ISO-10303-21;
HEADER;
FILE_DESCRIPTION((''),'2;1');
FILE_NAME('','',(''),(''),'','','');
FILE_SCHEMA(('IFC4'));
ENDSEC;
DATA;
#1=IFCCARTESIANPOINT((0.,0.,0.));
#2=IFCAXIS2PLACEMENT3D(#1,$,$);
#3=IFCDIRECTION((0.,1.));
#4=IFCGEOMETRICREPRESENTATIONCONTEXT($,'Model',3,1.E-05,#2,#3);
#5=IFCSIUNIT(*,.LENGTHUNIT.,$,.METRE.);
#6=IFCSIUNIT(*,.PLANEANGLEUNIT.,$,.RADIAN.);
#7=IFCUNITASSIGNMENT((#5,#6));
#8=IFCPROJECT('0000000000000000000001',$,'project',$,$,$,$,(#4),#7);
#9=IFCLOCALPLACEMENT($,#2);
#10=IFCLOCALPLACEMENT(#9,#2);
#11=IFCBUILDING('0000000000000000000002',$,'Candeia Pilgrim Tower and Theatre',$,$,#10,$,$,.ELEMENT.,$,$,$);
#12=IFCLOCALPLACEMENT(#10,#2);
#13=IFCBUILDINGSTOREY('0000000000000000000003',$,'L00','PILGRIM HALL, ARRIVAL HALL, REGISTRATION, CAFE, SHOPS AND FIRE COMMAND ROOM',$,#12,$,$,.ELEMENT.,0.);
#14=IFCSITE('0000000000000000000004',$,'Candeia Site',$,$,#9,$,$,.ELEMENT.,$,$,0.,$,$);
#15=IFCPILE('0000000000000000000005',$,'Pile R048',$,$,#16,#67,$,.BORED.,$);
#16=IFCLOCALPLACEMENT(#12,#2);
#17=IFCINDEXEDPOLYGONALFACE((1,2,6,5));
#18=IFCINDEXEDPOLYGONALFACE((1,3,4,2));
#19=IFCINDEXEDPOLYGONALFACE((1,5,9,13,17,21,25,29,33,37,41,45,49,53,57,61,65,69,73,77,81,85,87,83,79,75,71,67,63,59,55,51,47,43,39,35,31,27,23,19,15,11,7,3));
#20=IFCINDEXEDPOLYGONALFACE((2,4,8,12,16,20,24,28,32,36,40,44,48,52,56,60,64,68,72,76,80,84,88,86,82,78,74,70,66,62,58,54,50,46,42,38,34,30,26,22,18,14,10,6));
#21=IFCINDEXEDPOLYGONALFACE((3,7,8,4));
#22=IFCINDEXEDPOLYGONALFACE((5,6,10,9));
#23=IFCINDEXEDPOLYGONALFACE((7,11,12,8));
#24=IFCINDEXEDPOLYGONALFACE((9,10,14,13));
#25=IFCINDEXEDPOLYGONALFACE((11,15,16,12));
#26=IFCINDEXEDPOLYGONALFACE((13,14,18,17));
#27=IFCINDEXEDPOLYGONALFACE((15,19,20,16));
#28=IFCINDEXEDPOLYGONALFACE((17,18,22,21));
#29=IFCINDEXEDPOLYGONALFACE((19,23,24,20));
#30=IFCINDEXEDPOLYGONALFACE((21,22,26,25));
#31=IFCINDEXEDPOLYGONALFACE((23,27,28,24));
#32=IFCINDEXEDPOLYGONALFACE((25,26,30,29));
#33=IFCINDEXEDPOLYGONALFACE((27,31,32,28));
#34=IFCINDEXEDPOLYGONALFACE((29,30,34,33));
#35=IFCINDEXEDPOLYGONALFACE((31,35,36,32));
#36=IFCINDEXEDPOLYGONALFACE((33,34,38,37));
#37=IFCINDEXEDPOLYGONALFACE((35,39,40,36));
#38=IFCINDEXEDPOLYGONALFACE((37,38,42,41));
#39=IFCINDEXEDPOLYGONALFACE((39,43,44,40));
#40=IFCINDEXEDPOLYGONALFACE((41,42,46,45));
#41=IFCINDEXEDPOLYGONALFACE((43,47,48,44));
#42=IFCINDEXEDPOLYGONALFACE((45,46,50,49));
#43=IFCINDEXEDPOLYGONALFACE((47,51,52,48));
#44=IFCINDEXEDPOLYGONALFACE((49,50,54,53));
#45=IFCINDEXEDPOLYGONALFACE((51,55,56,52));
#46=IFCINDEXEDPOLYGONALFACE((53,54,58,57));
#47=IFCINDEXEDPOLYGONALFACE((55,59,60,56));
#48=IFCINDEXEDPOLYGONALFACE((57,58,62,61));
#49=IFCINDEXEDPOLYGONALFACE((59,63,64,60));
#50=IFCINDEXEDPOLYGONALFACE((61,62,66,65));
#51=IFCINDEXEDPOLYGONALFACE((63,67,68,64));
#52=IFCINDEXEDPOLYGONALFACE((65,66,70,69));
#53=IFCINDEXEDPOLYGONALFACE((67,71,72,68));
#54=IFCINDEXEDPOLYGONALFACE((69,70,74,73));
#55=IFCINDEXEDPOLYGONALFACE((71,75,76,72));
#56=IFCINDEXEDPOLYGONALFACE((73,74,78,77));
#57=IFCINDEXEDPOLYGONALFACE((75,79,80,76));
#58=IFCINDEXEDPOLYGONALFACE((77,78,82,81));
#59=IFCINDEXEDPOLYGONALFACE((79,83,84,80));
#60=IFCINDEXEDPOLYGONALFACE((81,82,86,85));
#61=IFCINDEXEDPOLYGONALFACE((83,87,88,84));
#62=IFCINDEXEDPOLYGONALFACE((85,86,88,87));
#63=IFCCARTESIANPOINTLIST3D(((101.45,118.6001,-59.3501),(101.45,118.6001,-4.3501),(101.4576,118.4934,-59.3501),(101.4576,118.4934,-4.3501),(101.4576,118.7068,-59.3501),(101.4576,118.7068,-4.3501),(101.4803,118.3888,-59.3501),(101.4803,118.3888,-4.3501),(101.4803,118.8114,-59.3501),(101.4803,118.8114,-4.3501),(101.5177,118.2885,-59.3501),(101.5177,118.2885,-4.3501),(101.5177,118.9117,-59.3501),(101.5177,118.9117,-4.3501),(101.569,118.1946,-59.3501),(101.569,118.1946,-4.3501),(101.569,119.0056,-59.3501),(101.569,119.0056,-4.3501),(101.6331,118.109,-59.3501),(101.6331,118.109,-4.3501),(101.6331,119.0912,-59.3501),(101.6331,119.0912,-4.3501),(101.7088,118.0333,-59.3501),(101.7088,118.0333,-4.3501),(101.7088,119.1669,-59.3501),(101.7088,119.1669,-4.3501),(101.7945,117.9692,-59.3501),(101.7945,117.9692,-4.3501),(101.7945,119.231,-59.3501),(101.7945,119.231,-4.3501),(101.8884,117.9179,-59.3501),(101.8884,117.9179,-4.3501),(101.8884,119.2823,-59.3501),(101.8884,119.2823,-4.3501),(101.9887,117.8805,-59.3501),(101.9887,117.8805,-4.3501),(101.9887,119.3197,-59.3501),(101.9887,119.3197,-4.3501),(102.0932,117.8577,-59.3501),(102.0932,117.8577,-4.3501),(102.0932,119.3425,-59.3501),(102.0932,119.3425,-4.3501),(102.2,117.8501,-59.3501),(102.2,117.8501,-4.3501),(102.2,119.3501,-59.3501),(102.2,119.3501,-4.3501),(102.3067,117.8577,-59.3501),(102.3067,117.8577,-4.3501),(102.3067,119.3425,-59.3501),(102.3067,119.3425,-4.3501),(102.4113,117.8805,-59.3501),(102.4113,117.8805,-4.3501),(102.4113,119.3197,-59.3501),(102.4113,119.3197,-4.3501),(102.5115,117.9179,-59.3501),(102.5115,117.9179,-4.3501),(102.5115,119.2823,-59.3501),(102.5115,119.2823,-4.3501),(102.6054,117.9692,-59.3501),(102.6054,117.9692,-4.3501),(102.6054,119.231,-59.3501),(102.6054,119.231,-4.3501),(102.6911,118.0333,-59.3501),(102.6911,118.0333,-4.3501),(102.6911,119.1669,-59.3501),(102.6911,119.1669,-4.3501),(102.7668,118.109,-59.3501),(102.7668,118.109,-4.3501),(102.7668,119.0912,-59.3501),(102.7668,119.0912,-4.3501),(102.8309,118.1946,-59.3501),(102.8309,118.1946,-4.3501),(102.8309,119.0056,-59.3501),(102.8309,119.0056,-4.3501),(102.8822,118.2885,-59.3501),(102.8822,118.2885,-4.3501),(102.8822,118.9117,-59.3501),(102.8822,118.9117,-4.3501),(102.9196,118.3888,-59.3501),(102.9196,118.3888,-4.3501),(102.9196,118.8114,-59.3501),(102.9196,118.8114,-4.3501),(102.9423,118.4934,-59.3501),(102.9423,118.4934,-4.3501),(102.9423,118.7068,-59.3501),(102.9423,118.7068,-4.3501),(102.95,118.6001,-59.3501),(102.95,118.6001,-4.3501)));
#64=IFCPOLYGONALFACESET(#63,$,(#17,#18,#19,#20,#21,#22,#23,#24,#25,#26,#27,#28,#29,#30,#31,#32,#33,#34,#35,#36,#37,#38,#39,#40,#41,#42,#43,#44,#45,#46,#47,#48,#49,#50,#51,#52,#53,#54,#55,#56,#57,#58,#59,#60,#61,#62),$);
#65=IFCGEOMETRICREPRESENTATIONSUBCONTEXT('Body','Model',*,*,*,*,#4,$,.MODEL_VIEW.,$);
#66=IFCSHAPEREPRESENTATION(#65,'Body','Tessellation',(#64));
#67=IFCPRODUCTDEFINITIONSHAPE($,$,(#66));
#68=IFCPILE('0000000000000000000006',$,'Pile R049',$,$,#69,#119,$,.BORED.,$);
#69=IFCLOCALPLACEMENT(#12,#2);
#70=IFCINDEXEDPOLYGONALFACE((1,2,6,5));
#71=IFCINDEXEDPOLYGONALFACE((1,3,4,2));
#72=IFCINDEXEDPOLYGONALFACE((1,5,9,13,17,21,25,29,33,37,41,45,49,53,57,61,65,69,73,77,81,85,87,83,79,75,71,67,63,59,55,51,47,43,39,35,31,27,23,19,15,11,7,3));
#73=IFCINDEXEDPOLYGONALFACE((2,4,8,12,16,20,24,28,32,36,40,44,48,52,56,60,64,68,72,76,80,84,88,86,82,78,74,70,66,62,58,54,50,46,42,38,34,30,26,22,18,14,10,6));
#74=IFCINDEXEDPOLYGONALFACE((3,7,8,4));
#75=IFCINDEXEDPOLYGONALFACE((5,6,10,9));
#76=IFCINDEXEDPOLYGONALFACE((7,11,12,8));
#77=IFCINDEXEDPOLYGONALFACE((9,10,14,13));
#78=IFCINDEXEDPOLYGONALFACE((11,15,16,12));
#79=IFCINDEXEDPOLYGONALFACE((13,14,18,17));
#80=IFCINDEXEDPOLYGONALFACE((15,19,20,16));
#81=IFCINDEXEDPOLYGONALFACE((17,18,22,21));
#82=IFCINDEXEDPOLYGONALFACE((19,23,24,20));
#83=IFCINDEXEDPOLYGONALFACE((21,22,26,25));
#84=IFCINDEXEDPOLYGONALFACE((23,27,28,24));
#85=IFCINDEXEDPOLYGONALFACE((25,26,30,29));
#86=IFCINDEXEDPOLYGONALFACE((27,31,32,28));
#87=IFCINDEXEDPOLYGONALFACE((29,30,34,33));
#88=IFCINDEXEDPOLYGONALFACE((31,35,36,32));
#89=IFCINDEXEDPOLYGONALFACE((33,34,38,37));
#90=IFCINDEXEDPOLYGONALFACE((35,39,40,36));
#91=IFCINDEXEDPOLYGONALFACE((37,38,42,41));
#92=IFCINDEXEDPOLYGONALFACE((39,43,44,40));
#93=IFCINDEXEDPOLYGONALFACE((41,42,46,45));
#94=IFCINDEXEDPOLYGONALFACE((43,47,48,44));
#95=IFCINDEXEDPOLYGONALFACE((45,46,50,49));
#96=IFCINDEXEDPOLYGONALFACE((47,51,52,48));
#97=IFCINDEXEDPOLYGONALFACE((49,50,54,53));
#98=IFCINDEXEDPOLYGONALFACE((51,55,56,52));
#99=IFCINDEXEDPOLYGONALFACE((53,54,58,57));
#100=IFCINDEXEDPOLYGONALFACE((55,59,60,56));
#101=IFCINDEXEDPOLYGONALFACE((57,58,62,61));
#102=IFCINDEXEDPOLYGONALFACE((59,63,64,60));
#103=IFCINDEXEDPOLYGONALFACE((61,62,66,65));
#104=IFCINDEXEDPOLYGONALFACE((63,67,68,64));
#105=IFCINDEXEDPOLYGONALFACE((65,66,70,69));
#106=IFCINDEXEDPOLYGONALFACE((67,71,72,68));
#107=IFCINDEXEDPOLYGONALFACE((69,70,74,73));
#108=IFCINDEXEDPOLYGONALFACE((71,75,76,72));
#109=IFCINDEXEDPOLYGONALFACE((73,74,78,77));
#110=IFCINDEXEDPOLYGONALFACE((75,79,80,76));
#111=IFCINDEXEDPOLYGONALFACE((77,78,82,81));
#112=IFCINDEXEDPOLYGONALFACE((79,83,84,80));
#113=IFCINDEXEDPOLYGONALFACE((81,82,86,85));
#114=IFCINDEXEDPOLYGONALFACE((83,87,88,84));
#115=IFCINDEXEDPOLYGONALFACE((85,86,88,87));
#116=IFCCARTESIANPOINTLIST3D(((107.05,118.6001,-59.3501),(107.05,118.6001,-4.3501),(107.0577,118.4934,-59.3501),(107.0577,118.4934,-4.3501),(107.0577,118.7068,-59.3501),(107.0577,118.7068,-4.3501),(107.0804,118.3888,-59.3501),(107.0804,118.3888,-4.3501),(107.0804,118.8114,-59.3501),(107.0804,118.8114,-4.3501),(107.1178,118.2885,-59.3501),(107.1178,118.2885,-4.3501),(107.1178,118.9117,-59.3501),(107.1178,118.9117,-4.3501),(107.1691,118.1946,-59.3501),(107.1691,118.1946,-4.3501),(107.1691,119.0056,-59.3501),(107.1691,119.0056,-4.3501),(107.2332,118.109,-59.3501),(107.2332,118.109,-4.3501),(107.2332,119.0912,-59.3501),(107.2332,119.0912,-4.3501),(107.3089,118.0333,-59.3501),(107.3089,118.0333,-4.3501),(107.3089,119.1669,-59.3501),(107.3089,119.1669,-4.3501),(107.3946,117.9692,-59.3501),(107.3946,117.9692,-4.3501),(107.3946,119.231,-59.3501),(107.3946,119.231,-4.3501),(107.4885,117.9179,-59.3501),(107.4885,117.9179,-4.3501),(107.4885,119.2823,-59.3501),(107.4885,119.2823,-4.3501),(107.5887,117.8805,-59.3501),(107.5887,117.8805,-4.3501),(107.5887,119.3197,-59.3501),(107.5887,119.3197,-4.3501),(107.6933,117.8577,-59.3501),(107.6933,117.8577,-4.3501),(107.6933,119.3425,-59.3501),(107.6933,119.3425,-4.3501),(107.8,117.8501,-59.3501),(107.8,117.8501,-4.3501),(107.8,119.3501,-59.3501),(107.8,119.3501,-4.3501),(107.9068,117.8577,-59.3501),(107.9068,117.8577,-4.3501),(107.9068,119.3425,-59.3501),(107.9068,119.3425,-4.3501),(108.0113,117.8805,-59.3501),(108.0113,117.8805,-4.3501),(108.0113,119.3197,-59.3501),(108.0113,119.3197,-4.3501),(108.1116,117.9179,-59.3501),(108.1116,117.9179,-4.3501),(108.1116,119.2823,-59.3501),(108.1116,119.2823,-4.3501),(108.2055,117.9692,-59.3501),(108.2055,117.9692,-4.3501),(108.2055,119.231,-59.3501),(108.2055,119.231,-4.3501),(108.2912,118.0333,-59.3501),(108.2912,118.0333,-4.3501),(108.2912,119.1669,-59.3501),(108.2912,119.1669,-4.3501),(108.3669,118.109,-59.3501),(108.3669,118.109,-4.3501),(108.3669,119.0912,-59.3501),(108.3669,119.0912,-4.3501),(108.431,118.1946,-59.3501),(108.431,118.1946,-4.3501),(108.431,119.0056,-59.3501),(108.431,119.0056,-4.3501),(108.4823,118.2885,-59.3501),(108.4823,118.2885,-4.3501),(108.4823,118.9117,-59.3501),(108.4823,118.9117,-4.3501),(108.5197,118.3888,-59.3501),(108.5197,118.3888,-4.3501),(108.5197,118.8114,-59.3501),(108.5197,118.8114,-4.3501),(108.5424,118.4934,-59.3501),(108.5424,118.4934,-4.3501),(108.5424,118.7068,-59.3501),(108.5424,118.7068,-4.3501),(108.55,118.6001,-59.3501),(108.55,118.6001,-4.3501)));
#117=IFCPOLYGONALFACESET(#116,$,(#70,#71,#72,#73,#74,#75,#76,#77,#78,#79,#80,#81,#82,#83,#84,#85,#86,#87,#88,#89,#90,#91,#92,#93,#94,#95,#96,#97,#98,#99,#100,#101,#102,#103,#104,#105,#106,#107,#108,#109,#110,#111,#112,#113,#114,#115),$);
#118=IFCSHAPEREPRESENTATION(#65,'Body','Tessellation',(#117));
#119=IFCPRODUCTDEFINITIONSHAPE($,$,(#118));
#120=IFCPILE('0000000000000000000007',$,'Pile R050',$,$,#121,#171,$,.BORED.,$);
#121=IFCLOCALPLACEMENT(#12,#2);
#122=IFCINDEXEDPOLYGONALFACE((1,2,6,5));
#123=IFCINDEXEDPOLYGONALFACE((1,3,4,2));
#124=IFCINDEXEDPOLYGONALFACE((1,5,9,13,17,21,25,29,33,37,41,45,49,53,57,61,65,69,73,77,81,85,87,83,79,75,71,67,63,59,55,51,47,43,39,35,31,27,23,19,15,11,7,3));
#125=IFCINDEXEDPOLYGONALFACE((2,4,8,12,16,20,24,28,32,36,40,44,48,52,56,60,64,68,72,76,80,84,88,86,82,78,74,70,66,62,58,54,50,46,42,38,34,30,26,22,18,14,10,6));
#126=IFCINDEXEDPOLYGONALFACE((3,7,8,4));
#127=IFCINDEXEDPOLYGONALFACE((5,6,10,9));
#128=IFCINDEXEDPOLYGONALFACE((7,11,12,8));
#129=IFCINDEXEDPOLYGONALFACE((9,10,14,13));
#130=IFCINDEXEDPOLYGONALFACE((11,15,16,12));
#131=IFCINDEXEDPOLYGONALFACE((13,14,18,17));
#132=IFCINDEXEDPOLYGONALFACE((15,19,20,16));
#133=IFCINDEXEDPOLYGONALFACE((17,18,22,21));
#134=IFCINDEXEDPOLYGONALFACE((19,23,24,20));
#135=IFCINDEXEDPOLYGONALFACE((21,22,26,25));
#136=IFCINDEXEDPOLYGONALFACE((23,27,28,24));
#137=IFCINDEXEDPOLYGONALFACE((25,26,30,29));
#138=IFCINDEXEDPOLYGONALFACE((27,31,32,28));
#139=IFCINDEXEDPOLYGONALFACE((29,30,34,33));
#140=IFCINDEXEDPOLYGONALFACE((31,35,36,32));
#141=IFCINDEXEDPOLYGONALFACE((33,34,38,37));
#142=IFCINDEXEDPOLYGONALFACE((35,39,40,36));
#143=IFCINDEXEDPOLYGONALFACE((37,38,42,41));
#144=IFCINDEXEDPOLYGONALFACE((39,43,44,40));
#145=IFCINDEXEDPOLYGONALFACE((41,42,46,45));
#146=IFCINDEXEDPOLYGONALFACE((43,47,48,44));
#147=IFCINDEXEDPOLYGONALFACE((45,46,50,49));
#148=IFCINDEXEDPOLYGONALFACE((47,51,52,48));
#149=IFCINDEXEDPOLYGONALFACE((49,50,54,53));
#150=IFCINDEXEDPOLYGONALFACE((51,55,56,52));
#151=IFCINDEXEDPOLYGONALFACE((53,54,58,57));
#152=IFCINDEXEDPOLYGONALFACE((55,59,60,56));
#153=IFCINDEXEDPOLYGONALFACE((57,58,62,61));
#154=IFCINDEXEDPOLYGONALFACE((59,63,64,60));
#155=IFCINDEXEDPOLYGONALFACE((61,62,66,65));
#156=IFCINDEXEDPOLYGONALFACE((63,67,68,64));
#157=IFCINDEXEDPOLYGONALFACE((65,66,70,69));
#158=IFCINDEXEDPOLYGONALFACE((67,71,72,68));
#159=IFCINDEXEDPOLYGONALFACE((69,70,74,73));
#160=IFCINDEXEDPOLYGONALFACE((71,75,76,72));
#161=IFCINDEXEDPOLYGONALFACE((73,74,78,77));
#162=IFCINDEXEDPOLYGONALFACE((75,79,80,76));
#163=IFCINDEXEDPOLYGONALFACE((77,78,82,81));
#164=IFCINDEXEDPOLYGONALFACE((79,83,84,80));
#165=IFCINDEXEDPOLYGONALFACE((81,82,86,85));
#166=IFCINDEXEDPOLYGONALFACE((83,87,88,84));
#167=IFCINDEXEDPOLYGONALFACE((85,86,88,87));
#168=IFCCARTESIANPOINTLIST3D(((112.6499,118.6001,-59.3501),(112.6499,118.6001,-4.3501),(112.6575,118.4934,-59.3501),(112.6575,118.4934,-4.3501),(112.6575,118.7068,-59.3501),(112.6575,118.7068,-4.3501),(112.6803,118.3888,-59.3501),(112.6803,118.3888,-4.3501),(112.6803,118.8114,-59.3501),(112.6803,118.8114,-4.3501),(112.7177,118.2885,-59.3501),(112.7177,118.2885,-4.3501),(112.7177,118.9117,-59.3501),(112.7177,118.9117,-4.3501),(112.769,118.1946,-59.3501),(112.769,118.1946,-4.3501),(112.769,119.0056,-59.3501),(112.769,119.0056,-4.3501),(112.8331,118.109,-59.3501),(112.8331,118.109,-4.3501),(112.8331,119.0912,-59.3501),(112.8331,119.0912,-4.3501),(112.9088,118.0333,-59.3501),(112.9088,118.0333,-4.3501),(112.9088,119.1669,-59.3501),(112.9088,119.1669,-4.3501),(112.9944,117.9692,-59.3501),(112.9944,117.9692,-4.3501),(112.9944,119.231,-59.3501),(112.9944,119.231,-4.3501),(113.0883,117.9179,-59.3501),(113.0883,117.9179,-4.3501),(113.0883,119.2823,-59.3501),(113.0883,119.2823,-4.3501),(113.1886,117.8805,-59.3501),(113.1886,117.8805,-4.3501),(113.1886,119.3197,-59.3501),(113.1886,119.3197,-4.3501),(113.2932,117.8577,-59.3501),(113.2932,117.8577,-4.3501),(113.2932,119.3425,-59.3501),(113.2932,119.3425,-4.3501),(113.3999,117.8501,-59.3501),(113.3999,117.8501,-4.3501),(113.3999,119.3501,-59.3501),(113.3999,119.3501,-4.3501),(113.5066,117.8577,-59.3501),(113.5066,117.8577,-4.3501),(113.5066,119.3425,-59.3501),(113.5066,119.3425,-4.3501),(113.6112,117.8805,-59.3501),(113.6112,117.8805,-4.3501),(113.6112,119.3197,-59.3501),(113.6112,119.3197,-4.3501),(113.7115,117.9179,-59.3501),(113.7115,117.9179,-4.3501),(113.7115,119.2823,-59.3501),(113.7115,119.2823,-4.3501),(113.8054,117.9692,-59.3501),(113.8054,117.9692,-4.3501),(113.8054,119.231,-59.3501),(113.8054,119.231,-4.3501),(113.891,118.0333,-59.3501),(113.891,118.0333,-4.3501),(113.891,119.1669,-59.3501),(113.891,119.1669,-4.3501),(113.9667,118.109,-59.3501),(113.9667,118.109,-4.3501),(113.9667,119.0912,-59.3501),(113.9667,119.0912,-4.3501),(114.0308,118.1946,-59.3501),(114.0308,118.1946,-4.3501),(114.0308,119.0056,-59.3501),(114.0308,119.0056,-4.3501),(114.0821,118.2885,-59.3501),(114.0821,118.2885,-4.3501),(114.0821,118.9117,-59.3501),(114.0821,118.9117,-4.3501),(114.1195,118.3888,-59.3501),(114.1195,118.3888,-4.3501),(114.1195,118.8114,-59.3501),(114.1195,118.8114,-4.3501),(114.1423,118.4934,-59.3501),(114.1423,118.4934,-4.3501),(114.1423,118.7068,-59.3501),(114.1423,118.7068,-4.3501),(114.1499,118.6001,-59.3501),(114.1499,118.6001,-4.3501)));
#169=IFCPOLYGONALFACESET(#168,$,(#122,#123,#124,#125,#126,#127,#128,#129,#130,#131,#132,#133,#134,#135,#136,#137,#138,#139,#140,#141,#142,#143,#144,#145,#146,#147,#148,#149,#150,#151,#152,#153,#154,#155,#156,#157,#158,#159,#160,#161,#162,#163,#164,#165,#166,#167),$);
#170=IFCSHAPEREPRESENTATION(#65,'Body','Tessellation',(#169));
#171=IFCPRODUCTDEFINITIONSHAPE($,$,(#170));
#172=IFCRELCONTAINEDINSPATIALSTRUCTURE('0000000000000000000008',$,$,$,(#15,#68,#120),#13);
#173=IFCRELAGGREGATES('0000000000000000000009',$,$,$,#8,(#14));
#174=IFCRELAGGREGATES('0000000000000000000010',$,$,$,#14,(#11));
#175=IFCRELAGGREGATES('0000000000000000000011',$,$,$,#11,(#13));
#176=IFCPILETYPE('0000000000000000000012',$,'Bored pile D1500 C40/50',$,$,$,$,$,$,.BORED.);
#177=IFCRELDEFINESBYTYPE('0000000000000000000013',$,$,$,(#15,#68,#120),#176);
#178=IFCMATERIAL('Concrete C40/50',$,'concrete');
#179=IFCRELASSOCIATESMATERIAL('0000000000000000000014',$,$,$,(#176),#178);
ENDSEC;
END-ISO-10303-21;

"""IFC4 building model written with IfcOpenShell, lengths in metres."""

from ifc_helpers import new_model, si_unit, direction, frame, origin, origin_2d, place, context, subcontext, project, spatial, circle, extrude, material, material_profile, profile_set, type_object, element, save


model = new_model("IFC4")

# Units and contexts
model_context = context("Model", 3, precision=1e-05, world=origin(), true_north=direction((0.0, 1.0)))
body_context = subcontext(model_context, "Body", "Model", "MODEL_VIEW")
ifc_project = project(units=[si_unit("LENGTHUNIT", "METRE"), si_unit("PLANEANGLEUNIT", "RADIAN")], contexts=[model_context])

# Site, building, storey
site_placement = place(None, origin())
site = spatial("IfcSite", under=ifc_project, at=site_placement, Name="Candeia Site", CompositionType="ELEMENT", RefElevation=0.0)
building_placement = place(site_placement, origin())
building = spatial("IfcBuilding", under=site, at=building_placement, Name="Candeia Pilgrim Tower and Theatre", CompositionType="ELEMENT")
storey_placement = place(building_placement, origin())
storey = spatial("IfcBuildingStorey", under=building, at=storey_placement, Name="L00", Description="PILGRIM HALL, ARRIVAL HALL, REGISTRATION, CAFE, SHOPS AND FIRE COMMAND ROOM", CompositionType="ELEMENT", Elevation=0.0)

# Piles
ifc_material_1 = material(Name="Concrete C40/50", Category="concrete")
ifc_material_profile_1 = material_profile(ifc_material_1, circle(Radius=0.75, at=origin_2d()))
ifc_profile_set_1 = profile_set([ifc_material_profile_1], Name="Concrete C40/50")
pile_type = type_object("IfcPileType", Name="Bored pile D1500 C40/50", PredefinedType="BORED", material=ifc_profile_set_1)
for number, where, z_axis, x_axis, name in (
    (1, (102.2, 118.6001, -4.3501), (0.0, 0.0, -1.0), (1.0, 0.0, 0.0), "Pile R048"),
    (2, (107.8, 118.6001, -4.3501), (0.0, 0.0, -1.0), (1.0, 0.0, 0.0), "Pile R049"),
    (3, (113.3999, 118.6001, -4.3501), (0.0, 0.0, -1.0), (1.0, 0.0, 0.0), "Pile R050"),
):
    element("IfcPile", number, at=place(storey_placement, frame(where, z_axis=z_axis, x_axis=x_axis)), inside=storey, type_object=pile_type, Name=name, PredefinedType="BORED", context=body_context, shape_type="SweptSolid", body=[
        extrude(circle(Radius=0.75, at=origin_2d()), origin(), (0.0, 0.0, 1.0), 55.0),
    ])

save(model, "model.ifc")
